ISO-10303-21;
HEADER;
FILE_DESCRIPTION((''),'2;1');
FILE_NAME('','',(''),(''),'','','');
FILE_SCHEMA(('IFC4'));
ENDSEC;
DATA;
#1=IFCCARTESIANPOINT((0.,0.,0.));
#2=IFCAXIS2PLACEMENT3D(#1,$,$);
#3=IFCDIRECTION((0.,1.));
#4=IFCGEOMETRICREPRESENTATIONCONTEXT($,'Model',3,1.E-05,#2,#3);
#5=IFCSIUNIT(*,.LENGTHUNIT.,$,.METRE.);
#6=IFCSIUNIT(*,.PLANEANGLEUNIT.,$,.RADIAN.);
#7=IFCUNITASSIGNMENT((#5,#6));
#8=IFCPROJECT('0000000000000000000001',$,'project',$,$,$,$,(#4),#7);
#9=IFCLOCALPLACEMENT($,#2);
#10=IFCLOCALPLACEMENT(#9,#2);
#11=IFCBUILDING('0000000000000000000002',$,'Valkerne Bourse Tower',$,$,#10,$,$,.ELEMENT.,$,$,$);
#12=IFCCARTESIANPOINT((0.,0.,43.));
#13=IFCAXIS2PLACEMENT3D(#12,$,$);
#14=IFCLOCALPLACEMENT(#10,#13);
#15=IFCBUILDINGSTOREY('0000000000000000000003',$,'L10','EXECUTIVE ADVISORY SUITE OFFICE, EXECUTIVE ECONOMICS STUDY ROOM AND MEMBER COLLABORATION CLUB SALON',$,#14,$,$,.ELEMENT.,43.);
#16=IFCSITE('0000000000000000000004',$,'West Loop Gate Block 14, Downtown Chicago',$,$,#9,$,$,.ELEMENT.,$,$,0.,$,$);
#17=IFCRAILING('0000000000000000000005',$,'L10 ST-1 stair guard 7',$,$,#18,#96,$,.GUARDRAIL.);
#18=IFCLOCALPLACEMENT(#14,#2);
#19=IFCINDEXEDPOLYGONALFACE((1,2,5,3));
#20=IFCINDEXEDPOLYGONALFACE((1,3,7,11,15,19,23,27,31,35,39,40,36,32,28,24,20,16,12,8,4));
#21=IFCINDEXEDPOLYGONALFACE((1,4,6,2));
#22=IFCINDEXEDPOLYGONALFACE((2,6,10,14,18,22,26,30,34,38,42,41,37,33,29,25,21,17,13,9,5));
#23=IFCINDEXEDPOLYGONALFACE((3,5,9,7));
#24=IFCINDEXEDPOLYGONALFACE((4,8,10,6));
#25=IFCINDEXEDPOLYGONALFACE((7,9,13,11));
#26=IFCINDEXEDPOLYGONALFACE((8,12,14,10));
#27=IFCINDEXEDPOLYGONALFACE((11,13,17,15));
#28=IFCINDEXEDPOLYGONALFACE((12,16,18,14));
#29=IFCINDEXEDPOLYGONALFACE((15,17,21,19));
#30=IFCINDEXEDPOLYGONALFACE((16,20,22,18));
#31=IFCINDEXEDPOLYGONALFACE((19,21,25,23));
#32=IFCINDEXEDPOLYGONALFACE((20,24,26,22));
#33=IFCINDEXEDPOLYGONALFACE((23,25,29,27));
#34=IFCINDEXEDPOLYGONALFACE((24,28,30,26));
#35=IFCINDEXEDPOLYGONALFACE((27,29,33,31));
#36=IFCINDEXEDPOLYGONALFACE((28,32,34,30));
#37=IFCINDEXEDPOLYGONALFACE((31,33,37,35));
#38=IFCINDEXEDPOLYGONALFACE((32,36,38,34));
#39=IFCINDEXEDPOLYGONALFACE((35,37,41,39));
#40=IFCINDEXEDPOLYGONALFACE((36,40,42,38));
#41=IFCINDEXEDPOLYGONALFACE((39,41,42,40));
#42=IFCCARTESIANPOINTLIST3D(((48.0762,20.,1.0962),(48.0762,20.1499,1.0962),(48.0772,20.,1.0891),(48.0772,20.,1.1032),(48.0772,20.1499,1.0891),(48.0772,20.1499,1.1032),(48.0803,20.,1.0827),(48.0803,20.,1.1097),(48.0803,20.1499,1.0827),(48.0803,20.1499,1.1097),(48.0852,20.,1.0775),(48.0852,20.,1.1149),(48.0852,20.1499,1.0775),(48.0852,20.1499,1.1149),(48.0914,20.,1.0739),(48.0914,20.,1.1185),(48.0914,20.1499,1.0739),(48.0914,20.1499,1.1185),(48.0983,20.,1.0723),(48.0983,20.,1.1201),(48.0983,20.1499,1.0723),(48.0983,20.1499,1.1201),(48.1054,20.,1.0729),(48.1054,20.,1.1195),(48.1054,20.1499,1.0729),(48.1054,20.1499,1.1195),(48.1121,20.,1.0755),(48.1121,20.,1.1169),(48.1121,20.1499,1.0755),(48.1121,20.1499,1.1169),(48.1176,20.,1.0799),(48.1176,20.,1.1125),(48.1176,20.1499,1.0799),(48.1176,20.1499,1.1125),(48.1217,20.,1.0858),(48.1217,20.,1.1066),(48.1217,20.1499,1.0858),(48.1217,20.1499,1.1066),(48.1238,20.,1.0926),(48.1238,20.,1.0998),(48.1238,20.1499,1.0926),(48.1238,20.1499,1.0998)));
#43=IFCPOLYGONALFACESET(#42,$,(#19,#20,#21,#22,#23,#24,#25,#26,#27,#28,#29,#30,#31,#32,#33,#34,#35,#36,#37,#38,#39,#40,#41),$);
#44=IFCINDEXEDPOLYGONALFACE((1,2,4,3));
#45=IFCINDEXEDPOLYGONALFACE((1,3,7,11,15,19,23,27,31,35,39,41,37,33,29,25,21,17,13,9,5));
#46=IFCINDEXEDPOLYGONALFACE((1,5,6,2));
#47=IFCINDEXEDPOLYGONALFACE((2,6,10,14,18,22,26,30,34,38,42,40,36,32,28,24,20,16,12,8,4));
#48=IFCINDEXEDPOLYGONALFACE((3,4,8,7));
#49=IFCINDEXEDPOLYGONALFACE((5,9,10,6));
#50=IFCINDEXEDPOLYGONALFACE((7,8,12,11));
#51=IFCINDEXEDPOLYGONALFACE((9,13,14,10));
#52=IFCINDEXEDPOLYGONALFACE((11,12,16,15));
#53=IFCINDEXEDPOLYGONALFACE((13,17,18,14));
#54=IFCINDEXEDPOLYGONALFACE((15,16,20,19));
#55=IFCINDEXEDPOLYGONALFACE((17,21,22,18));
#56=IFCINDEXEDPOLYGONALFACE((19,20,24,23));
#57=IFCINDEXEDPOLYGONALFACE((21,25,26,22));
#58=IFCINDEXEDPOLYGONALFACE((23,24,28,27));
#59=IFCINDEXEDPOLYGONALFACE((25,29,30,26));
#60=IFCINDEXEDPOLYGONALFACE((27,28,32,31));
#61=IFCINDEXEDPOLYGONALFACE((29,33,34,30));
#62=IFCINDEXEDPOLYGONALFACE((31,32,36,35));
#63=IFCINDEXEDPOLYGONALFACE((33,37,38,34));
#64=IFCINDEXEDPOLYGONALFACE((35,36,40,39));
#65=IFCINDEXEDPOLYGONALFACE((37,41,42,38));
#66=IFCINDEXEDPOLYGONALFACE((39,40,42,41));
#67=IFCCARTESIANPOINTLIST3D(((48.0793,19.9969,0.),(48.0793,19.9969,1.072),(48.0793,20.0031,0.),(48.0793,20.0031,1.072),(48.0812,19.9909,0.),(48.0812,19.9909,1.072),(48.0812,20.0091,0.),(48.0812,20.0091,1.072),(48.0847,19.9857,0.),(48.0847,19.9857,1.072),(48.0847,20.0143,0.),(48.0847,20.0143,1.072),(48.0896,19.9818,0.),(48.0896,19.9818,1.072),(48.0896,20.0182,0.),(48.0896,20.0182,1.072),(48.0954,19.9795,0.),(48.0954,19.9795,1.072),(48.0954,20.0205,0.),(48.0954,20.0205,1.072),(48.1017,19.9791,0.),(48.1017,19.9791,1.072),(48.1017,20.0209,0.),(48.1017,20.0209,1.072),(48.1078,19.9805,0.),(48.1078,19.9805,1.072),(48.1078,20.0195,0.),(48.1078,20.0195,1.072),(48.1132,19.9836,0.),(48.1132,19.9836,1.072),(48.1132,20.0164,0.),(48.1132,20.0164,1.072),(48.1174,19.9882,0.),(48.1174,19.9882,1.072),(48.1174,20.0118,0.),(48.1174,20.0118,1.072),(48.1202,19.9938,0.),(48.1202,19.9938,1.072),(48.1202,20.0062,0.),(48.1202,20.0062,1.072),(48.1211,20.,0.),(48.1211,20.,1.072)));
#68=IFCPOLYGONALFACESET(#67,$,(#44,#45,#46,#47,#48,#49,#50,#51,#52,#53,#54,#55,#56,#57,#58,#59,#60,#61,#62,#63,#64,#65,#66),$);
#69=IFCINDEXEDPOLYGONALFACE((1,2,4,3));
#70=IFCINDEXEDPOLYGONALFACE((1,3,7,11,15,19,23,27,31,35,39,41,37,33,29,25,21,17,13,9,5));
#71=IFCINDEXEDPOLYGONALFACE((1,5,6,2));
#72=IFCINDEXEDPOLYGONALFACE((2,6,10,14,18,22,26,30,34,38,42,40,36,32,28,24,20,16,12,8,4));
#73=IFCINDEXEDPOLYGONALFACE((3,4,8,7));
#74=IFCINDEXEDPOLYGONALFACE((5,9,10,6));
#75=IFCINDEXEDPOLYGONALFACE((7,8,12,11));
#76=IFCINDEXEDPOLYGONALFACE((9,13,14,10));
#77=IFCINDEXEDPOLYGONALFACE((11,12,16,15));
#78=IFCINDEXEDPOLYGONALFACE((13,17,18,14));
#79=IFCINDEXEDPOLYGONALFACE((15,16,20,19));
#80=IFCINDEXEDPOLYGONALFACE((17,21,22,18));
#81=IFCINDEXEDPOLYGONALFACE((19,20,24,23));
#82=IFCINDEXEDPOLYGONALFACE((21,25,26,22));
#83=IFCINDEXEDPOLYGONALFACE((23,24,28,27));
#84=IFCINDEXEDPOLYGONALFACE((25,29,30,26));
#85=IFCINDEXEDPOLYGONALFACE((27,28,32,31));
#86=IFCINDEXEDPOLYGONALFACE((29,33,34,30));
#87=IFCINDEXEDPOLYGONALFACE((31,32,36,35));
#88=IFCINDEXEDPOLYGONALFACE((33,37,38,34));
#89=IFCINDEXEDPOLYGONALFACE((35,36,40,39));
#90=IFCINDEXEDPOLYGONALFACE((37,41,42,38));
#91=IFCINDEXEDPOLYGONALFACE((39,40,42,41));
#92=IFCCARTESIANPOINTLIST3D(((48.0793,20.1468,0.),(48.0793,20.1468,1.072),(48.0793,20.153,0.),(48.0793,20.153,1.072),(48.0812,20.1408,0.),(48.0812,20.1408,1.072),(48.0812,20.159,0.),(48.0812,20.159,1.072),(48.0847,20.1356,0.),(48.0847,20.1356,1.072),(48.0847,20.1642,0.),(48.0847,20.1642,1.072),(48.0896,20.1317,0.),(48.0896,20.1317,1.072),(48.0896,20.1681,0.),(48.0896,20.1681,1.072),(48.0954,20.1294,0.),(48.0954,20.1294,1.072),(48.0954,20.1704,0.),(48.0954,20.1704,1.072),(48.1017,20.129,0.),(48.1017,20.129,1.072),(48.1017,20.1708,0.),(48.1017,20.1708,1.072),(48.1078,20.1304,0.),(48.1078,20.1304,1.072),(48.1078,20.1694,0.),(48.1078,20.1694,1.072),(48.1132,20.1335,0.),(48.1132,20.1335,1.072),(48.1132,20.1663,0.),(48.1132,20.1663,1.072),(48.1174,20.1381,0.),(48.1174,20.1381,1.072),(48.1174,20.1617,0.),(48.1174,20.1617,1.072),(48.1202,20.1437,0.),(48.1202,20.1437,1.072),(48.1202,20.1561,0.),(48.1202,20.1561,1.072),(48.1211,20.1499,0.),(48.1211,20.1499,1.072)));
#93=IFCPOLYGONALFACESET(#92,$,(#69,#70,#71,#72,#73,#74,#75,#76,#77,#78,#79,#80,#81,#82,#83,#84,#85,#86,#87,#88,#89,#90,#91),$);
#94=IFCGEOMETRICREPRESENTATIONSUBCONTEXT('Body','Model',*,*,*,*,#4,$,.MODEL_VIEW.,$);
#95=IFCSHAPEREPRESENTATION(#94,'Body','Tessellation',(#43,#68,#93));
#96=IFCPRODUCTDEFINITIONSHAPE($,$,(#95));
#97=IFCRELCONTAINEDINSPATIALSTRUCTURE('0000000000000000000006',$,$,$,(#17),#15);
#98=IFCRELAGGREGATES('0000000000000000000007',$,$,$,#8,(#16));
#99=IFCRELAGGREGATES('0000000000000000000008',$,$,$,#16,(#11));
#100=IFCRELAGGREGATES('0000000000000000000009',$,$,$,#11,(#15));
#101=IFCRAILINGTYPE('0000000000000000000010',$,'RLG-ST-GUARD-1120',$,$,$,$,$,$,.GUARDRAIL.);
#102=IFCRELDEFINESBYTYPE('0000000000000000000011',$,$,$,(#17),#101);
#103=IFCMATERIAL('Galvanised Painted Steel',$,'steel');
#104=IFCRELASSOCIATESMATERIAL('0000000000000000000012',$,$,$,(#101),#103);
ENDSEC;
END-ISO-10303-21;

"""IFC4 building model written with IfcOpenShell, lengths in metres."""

from ifc_helpers import new_model, si_unit, direction, frame, origin, origin_2d, place, context, subcontext, project, spatial, circle, extrude, material, type_object, element, save


model = new_model("IFC4")

# Units and contexts
model_context = context("Model", 3, precision=1e-05, world=origin(), true_north=direction((0.0, 1.0)))
body_context = subcontext(model_context, "Body", "Model", "MODEL_VIEW")
ifc_project = project(units=[si_unit("LENGTHUNIT", "METRE"), si_unit("PLANEANGLEUNIT", "RADIAN")], contexts=[model_context])

# Site, building, storey
site_placement = place(None, origin())
site = spatial("IfcSite", under=ifc_project, at=site_placement, Name="West Loop Gate Block 14, Downtown Chicago", CompositionType="ELEMENT", RefElevation=0.0)
building_placement = place(site_placement, origin())
building = spatial("IfcBuilding", under=site, at=building_placement, Name="Valkerne Bourse Tower", CompositionType="ELEMENT")
storey_placement = place(building_placement, frame((0.0, 0.0, 43.0)))
storey = spatial("IfcBuildingStorey", under=building, at=storey_placement, Name="L10", Description="EXECUTIVE ADVISORY SUITE OFFICE, EXECUTIVE ECONOMICS STUDY ROOM AND MEMBER COLLABORATION CLUB SALON", CompositionType="ELEMENT", Elevation=43.0)

# Shared definitions
ifc_material_1 = material(Name="Galvanised Painted Steel", Category="steel")

# Railing
railing_type_1 = type_object("IfcRailingType", Name="RLG-ST-GUARD-1120", PredefinedType="GUARDRAIL", material=ifc_material_1)
railing_1_placement = place(storey_placement, frame((48.1001, 20.0, 0.0)))
element("IfcRailing", 1, at=railing_1_placement, inside=storey, type_object=railing_type_1, Name="L10 ST-1 stair guard 7", PredefinedType="GUARDRAIL", context=body_context, shape_type="SweptSolid", body=[
    extrude(circle(Radius=0.0239, at=origin_2d()), frame((0.0, 0.0, 1.0962), z_axis=(0.0, 1.0, 0.0), x_axis=(-1.0, 0.0, 0.0)), (0.0, 0.0, 1.0), 0.1499),
    extrude(circle(Radius=0.021, at=origin_2d()), origin(), (0.0, 0.0, 1.0), 1.072),
    extrude(circle(Radius=0.021, at=origin_2d()), frame((0.0, 0.1499, 0.0)), (0.0, 0.0, 1.0), 1.072),
])

save(model, "model.ifc")
